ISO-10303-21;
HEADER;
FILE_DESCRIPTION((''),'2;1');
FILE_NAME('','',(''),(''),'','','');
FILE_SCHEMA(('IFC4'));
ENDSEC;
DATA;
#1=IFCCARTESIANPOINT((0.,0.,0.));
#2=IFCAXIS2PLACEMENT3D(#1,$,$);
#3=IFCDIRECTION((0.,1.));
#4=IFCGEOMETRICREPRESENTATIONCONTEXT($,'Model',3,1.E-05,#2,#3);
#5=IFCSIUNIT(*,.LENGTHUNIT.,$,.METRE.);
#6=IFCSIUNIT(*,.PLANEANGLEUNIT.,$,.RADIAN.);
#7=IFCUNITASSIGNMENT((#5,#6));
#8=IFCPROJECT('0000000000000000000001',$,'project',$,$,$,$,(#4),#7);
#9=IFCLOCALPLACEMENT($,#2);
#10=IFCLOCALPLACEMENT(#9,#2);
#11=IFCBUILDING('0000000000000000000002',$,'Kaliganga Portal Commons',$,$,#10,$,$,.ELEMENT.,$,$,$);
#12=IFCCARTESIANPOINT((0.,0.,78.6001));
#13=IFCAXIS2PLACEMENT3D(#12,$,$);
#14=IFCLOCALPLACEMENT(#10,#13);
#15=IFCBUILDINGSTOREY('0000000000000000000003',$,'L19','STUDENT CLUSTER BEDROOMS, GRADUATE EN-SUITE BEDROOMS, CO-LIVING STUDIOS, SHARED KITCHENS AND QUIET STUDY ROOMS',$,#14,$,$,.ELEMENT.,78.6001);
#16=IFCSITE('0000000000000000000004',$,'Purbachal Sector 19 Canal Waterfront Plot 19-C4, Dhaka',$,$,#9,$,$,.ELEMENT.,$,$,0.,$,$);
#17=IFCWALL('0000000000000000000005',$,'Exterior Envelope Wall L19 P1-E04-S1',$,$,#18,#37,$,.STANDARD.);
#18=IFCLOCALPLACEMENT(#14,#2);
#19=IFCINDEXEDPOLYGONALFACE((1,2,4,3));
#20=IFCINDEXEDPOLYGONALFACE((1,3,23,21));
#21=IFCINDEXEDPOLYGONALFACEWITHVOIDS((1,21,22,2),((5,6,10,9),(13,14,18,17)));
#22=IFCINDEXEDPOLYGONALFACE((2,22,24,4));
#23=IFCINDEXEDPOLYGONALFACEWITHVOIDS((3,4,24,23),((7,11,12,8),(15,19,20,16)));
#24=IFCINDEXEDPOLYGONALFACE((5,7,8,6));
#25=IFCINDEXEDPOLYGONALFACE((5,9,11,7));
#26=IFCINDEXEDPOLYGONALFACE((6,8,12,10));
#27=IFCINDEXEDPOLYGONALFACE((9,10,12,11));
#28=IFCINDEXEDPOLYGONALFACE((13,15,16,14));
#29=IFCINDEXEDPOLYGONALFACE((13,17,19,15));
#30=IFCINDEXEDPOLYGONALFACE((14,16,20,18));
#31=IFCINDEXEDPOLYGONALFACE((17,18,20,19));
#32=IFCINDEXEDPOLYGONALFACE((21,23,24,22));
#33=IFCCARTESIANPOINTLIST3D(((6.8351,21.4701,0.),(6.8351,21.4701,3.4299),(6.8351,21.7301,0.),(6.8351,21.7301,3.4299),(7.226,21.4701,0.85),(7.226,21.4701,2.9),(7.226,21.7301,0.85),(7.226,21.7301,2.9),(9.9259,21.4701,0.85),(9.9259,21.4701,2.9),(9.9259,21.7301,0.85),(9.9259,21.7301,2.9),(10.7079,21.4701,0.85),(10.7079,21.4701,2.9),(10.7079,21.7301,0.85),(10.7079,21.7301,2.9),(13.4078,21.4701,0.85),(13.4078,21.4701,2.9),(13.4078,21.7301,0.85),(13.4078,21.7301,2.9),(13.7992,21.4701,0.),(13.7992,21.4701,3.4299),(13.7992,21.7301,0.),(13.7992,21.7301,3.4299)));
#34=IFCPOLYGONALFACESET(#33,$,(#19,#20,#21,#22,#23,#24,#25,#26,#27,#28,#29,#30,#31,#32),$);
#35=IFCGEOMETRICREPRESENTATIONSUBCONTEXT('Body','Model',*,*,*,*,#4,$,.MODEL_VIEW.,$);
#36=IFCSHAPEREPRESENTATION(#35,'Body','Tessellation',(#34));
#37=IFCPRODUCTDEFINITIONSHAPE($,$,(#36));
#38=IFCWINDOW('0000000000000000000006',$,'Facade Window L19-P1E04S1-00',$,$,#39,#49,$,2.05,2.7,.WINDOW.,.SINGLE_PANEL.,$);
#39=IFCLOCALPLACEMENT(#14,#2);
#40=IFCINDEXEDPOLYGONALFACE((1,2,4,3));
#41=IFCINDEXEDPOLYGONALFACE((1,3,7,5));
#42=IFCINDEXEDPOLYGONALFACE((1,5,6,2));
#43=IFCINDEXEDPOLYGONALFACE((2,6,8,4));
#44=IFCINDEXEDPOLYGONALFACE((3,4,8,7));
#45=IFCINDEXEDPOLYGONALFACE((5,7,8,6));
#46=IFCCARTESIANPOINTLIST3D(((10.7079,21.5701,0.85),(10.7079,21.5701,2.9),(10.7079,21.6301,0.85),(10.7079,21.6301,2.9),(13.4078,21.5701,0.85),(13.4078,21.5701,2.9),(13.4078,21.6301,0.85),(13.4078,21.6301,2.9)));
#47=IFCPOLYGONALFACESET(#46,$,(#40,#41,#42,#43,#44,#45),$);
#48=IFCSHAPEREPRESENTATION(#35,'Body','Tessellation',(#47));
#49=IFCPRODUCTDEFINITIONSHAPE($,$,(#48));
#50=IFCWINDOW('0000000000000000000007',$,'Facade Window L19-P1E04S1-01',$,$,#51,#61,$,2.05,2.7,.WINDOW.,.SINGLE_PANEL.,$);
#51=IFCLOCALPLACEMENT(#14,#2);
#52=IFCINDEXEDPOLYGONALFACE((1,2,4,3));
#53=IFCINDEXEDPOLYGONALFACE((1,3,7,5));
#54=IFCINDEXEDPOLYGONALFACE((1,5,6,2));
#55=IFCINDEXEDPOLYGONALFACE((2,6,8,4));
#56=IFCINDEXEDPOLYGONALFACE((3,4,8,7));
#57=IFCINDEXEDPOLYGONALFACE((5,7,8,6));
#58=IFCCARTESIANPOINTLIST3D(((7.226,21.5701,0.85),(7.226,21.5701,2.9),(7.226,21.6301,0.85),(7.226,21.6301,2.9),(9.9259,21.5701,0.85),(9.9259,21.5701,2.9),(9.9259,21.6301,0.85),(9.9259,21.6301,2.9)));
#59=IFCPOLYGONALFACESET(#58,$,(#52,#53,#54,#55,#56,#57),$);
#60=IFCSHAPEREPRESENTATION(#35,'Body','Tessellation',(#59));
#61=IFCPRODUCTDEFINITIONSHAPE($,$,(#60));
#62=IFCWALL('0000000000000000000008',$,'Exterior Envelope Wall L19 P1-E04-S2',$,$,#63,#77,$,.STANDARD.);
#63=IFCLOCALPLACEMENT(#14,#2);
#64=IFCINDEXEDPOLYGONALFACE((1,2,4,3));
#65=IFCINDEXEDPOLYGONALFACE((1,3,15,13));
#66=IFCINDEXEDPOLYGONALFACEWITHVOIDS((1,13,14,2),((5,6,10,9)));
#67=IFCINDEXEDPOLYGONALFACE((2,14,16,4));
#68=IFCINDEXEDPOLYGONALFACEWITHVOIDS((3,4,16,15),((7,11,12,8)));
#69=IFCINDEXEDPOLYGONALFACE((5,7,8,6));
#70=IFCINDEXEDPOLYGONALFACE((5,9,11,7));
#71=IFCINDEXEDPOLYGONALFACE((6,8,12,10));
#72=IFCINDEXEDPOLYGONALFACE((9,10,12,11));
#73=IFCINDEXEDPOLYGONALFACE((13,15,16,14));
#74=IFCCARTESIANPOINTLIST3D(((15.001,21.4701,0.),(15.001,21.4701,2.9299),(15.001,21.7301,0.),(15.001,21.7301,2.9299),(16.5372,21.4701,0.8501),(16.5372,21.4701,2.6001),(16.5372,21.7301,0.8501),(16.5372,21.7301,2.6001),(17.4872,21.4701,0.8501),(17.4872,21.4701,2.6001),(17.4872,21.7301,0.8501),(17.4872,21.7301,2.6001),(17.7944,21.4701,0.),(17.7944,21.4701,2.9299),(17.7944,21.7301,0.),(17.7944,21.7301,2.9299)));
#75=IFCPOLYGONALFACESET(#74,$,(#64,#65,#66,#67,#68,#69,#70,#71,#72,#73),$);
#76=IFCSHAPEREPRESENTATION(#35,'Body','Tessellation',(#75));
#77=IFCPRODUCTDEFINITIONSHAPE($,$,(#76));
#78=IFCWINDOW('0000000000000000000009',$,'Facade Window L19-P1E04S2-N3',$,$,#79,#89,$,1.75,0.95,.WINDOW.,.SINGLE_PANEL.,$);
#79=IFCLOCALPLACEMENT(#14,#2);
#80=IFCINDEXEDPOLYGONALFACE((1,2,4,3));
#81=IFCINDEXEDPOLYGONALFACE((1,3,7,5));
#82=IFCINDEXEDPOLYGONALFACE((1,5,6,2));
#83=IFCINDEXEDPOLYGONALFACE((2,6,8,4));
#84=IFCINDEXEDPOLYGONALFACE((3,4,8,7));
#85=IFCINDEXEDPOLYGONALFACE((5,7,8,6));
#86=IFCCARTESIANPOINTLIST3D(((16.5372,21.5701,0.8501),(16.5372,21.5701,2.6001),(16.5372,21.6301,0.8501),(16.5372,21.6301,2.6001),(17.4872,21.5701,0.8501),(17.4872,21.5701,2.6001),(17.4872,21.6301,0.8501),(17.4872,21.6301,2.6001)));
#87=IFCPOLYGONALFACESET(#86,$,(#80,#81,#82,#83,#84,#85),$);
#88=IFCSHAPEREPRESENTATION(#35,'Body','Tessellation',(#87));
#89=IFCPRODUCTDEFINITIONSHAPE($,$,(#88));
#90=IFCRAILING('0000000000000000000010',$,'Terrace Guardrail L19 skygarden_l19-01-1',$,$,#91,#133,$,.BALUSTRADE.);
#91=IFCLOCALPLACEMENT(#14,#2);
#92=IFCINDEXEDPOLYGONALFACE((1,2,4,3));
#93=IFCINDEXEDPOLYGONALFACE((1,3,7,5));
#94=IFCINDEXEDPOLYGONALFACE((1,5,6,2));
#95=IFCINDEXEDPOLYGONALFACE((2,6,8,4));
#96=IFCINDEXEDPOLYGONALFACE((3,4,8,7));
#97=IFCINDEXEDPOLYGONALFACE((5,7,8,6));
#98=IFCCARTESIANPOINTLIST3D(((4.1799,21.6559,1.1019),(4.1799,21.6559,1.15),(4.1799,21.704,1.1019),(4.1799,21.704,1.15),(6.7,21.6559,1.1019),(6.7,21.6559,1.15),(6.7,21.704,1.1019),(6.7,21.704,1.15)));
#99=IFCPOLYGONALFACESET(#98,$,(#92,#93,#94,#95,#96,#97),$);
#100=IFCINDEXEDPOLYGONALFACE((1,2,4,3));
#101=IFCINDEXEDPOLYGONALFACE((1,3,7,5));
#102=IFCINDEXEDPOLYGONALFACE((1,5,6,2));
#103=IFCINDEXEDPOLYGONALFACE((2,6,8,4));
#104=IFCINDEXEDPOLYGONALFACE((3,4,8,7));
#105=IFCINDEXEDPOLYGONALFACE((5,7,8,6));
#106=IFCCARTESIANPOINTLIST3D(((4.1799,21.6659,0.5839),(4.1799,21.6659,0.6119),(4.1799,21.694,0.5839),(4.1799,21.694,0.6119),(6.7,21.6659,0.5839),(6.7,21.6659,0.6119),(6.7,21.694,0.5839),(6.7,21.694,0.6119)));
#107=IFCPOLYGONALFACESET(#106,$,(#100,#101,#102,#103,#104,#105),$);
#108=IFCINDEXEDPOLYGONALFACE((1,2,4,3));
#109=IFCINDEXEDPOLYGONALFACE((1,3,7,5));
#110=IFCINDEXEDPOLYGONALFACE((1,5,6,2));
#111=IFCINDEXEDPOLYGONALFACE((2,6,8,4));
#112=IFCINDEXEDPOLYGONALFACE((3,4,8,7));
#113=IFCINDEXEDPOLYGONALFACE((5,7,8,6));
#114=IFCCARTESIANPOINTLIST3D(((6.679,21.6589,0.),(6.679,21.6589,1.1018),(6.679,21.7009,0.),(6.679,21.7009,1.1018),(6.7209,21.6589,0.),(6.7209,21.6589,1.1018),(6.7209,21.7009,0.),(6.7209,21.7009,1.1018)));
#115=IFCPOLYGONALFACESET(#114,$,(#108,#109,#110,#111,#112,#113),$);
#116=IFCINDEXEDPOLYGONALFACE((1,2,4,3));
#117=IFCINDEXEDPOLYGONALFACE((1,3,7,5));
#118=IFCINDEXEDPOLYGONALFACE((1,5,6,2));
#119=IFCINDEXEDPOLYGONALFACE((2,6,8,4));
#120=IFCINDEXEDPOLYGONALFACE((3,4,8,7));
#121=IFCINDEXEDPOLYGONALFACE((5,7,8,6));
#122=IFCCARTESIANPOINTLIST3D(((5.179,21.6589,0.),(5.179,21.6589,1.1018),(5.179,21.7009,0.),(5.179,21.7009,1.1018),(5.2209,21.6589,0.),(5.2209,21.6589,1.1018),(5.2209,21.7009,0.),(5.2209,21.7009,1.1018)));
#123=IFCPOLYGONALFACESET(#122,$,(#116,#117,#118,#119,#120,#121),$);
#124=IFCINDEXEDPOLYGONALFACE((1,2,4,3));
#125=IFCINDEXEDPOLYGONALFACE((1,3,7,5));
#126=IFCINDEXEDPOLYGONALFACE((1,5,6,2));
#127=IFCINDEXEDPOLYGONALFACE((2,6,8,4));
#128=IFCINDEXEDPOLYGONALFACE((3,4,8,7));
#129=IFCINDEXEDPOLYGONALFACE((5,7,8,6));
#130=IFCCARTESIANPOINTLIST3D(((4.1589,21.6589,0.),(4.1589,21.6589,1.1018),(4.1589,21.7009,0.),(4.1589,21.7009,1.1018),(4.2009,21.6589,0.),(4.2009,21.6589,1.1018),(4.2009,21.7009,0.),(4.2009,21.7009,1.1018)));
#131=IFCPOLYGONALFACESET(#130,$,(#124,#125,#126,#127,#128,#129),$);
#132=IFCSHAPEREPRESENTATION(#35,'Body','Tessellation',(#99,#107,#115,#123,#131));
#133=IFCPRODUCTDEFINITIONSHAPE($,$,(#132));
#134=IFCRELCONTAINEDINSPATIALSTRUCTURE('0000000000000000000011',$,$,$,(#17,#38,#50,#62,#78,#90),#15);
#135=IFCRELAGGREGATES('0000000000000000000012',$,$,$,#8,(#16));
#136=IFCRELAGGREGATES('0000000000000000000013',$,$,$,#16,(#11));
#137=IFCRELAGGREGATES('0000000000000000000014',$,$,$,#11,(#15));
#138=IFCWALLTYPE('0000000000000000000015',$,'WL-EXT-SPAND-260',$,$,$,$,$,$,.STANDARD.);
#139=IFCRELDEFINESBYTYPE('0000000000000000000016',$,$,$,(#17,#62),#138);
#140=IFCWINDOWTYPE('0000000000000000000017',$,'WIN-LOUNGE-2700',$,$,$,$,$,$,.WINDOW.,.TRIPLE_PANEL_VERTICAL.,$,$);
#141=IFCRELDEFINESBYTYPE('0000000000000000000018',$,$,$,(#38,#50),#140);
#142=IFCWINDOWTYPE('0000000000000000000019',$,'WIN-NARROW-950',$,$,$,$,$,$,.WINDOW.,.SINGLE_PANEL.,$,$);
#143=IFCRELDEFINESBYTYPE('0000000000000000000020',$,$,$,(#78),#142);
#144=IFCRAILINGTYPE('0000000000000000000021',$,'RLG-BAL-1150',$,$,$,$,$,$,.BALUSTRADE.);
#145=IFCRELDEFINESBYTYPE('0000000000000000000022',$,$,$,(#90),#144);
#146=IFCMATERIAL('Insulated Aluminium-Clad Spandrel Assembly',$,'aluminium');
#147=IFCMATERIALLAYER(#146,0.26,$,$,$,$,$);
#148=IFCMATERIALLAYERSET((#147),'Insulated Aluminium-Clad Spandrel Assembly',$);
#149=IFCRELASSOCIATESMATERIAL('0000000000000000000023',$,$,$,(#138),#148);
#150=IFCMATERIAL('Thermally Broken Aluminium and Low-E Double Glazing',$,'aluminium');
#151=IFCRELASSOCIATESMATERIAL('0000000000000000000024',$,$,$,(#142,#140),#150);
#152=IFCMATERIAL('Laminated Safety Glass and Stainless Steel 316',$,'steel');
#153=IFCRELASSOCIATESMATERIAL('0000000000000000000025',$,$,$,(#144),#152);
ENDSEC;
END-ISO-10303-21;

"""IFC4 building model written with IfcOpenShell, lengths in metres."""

from ifc_helpers import new_model, si_unit, direction, frame, frame_2d, origin, origin_2d, place, context, subcontext, project, spatial, rectangle, extrude, material, layer, layer_set, type_object, element, fill, save


model = new_model("IFC4")

# Units and contexts
model_context = context("Model", 3, precision=1e-05, world=origin(), true_north=direction((0.0, 1.0)))
body_context = subcontext(model_context, "Body", "Model", "MODEL_VIEW")
ifc_project = project(units=[si_unit("LENGTHUNIT", "METRE"), si_unit("PLANEANGLEUNIT", "RADIAN")], contexts=[model_context])

# Site, building, storey
site_placement = place(None, origin())
site = spatial("IfcSite", under=ifc_project, at=site_placement, Name="Purbachal Sector 19 Canal Waterfront Plot 19-C4, Dhaka", CompositionType="ELEMENT", RefElevation=0.0)
building_placement = place(site_placement, origin())
building = spatial("IfcBuilding", under=site, at=building_placement, Name="Kaliganga Portal Commons", CompositionType="ELEMENT")
storey_placement = place(building_placement, frame((0.0, 0.0, 78.6001)))
storey = spatial("IfcBuildingStorey", under=building, at=storey_placement, Name="L19", Description="STUDENT CLUSTER BEDROOMS, GRADUATE EN-SUITE BEDROOMS, CO-LIVING STUDIOS, SHARED KITCHENS AND QUIET STUDY ROOMS", CompositionType="ELEMENT", Elevation=78.6001)

# Wall, openings, windows
ifc_material_1 = material(Name="Insulated Aluminium-Clad Spandrel Assembly", Category="aluminium")
ifc_layer_1 = layer(ifc_material_1, 0.26)
ifc_layer_set_1 = layer_set([ifc_layer_1], Name="Insulated Aluminium-Clad Spandrel Assembly")
wall_type = type_object("IfcWallType", Name="WL-EXT-SPAND-260", PredefinedType="STANDARD", material=ifc_layer_set_1)
ifc_material_2 = material(Name="Thermally Broken Aluminium and Low-E Double Glazing", Category="aluminium")
window_type_1 = type_object("IfcWindowType", Name="WIN-NARROW-950", PartitioningType="SINGLE_PANEL", PredefinedType="WINDOW", material=ifc_material_2)
wall_1_placement = place(storey_placement, frame((13.7991, 21.6001, 0.0), z_axis=(0.0, 0.0, 1.0), x_axis=(-1.0, 0.0, 0.0)))
wall_1 = element("IfcWall", 1, at=wall_1_placement, inside=storey, type_object=wall_type, Name="Exterior Envelope Wall L19 P1-E04-S1", PredefinedType="STANDARD", context=body_context, shape_type="SweptSolid", body=[
    extrude(rectangle(XDim=6.9641, YDim=0.26, at=frame_2d((3.4819, 0.0))), origin(), (0.0, 0.0, 1.0), 3.4299),
])
opening_1_placement = place(wall_1_placement, frame((0.3911, 0.0, 0.8501)))
opening_1 = element("IfcOpeningElement", 2, at=opening_1_placement, cuts=wall_1, PredefinedType="OPENING", context=body_context, shape_type="SweptSolid", body=[
    extrude(rectangle(XDim=2.7, YDim=2.05, at=frame_2d((1.3501, 1.0249))), frame((0.0, 0.1401, 0.0), z_axis=(0.0, -1.0, 0.0), x_axis=(1.0, 0.0, 0.0)), (0.0, 0.0, 1.0), 0.28),
])
opening_2_placement = place(wall_1_placement, frame((3.873, 0.0, 0.8501)))
opening_2 = element("IfcOpeningElement", 3, at=opening_2_placement, cuts=wall_1, PredefinedType="OPENING", context=body_context, shape_type="SweptSolid", body=[
    extrude(rectangle(XDim=2.7, YDim=2.05, at=frame_2d((1.3501, 1.0249))), frame((0.0, 0.1401, 0.0), z_axis=(0.0, -1.0, 0.0), x_axis=(1.0, 0.0, 0.0)), (0.0, 0.0, 1.0), 0.28),
])
window_type_2 = type_object("IfcWindowType", Name="WIN-LOUNGE-2700", PartitioningType="TRIPLE_PANEL_VERTICAL", PredefinedType="WINDOW", material=ifc_material_2)
window_1_placement = place(opening_1_placement, origin())
window_1 = element("IfcWindow", 4, at=window_1_placement, inside=storey, type_object=window_type_2, Name="Facade Window L19-P1E04S1-00", OverallHeight=2.05, OverallWidth=2.7, PartitioningType="SINGLE_PANEL", PredefinedType="WINDOW", context=body_context, shape_type="SweptSolid", body=[
    extrude(rectangle(XDim=2.7, YDim=2.05, at=frame_2d((1.3501, 1.0249))), frame((0.0, 0.03, 0.0), z_axis=(0.0, -1.0, 0.0), x_axis=(1.0, 0.0, 0.0)), (0.0, 0.0, 1.0), 0.0601),
])
fill(opening_1, window_1)
window_2_placement = place(opening_2_placement, origin())
window_2 = element("IfcWindow", 5, at=window_2_placement, inside=storey, type_object=window_type_2, Name="Facade Window L19-P1E04S1-01", OverallHeight=2.05, OverallWidth=2.7, PartitioningType="SINGLE_PANEL", PredefinedType="WINDOW", context=body_context, shape_type="SweptSolid", body=[
    extrude(rectangle(XDim=2.7, YDim=2.05, at=frame_2d((1.3501, 1.0249))), frame((0.0, 0.03, 0.0), z_axis=(0.0, -1.0, 0.0), x_axis=(1.0, 0.0, 0.0)), (0.0, 0.0, 1.0), 0.0601),
])
fill(opening_2, window_2)

# Wall, opening, window
wall_2_placement = place(storey_placement, frame((17.7944, 21.6001, 0.0), z_axis=(0.0, 0.0, 1.0), x_axis=(-1.0, 0.0, 0.0)))
wall_2 = element("IfcWall", 6, at=wall_2_placement, inside=storey, type_object=wall_type, Name="Exterior Envelope Wall L19 P1-E04-S2", PredefinedType="STANDARD", context=body_context, shape_type="SweptSolid", body=[
    extrude(rectangle(XDim=2.7935, YDim=0.26, at=frame_2d((1.3967, 0.0))), origin(), (0.0, 0.0, 1.0), 2.9299),
])
opening_3_placement = place(wall_2_placement, frame((0.3071, 0.0, 0.8501)))
opening_3 = element("IfcOpeningElement", 7, at=opening_3_placement, cuts=wall_2, PredefinedType="OPENING", context=body_context, shape_type="SweptSolid", body=[
    extrude(rectangle(XDim=0.95, YDim=1.75, at=frame_2d((0.4751, 0.875))), frame((0.0, 0.1401, 0.0), z_axis=(0.0, -1.0, 0.0), x_axis=(1.0, 0.0, 0.0)), (0.0, 0.0, 1.0), 0.28),
])
window_3_placement = place(opening_3_placement, origin())
window_3 = element("IfcWindow", 8, at=window_3_placement, inside=storey, type_object=window_type_1, Name="Facade Window L19-P1E04S2-N3", OverallHeight=1.75, OverallWidth=0.95, PartitioningType="SINGLE_PANEL", PredefinedType="WINDOW", context=body_context, shape_type="SweptSolid", body=[
    extrude(rectangle(XDim=0.95, YDim=1.75, at=frame_2d((0.4751, 0.875))), frame((0.0, 0.03, 0.0), z_axis=(0.0, -1.0, 0.0), x_axis=(1.0, 0.0, 0.0)), (0.0, 0.0, 1.0), 0.0601),
])
fill(opening_3, window_3)

# Railing
ifc_material_3 = material(Name="Laminated Safety Glass and Stainless Steel 316", Category="steel")
railing_type = type_object("IfcRailingType", Name="RLG-BAL-1150", PredefinedType="BALUSTRADE", material=ifc_material_3)
railing_1_placement = place(storey_placement, frame((6.7, 21.6799, 0.0)))
element("IfcRailing", 9, at=railing_1_placement, inside=storey, type_object=railing_type, Name="Terrace Guardrail L19 skygarden_l19-01-1", PredefinedType="BALUSTRADE", context=body_context, shape_type="SweptSolid", body=[
    extrude(rectangle(XDim=0.0481, YDim=0.0481, at=origin_2d()), frame((0.0, 0.0, 1.126), z_axis=(-1.0, 0.0, 0.0), x_axis=(0.0, -1.0, 0.0)), (0.0, 0.0, 1.0), 2.52),
    extrude(rectangle(XDim=0.0281, YDim=0.0281, at=origin_2d()), frame((0.0, 0.0, 0.5979), z_axis=(-1.0, 0.0, 0.0), x_axis=(0.0, -1.0, 0.0)), (0.0, 0.0, 1.0), 2.52),
    extrude(rectangle(XDim=0.042, YDim=0.042, at=origin_2d()), origin(), (0.0, 0.0, 1.0), 1.1018),
    extrude(rectangle(XDim=0.042, YDim=0.042, at=origin_2d()), frame((-1.5, 0.0, 0.0)), (0.0, 0.0, 1.0), 1.1018),
    extrude(rectangle(XDim=0.042, YDim=0.042, at=origin_2d()), frame((-2.52, 0.0, 0.0)), (0.0, 0.0, 1.0), 1.1018),
])

save(model, "model.ifc")
